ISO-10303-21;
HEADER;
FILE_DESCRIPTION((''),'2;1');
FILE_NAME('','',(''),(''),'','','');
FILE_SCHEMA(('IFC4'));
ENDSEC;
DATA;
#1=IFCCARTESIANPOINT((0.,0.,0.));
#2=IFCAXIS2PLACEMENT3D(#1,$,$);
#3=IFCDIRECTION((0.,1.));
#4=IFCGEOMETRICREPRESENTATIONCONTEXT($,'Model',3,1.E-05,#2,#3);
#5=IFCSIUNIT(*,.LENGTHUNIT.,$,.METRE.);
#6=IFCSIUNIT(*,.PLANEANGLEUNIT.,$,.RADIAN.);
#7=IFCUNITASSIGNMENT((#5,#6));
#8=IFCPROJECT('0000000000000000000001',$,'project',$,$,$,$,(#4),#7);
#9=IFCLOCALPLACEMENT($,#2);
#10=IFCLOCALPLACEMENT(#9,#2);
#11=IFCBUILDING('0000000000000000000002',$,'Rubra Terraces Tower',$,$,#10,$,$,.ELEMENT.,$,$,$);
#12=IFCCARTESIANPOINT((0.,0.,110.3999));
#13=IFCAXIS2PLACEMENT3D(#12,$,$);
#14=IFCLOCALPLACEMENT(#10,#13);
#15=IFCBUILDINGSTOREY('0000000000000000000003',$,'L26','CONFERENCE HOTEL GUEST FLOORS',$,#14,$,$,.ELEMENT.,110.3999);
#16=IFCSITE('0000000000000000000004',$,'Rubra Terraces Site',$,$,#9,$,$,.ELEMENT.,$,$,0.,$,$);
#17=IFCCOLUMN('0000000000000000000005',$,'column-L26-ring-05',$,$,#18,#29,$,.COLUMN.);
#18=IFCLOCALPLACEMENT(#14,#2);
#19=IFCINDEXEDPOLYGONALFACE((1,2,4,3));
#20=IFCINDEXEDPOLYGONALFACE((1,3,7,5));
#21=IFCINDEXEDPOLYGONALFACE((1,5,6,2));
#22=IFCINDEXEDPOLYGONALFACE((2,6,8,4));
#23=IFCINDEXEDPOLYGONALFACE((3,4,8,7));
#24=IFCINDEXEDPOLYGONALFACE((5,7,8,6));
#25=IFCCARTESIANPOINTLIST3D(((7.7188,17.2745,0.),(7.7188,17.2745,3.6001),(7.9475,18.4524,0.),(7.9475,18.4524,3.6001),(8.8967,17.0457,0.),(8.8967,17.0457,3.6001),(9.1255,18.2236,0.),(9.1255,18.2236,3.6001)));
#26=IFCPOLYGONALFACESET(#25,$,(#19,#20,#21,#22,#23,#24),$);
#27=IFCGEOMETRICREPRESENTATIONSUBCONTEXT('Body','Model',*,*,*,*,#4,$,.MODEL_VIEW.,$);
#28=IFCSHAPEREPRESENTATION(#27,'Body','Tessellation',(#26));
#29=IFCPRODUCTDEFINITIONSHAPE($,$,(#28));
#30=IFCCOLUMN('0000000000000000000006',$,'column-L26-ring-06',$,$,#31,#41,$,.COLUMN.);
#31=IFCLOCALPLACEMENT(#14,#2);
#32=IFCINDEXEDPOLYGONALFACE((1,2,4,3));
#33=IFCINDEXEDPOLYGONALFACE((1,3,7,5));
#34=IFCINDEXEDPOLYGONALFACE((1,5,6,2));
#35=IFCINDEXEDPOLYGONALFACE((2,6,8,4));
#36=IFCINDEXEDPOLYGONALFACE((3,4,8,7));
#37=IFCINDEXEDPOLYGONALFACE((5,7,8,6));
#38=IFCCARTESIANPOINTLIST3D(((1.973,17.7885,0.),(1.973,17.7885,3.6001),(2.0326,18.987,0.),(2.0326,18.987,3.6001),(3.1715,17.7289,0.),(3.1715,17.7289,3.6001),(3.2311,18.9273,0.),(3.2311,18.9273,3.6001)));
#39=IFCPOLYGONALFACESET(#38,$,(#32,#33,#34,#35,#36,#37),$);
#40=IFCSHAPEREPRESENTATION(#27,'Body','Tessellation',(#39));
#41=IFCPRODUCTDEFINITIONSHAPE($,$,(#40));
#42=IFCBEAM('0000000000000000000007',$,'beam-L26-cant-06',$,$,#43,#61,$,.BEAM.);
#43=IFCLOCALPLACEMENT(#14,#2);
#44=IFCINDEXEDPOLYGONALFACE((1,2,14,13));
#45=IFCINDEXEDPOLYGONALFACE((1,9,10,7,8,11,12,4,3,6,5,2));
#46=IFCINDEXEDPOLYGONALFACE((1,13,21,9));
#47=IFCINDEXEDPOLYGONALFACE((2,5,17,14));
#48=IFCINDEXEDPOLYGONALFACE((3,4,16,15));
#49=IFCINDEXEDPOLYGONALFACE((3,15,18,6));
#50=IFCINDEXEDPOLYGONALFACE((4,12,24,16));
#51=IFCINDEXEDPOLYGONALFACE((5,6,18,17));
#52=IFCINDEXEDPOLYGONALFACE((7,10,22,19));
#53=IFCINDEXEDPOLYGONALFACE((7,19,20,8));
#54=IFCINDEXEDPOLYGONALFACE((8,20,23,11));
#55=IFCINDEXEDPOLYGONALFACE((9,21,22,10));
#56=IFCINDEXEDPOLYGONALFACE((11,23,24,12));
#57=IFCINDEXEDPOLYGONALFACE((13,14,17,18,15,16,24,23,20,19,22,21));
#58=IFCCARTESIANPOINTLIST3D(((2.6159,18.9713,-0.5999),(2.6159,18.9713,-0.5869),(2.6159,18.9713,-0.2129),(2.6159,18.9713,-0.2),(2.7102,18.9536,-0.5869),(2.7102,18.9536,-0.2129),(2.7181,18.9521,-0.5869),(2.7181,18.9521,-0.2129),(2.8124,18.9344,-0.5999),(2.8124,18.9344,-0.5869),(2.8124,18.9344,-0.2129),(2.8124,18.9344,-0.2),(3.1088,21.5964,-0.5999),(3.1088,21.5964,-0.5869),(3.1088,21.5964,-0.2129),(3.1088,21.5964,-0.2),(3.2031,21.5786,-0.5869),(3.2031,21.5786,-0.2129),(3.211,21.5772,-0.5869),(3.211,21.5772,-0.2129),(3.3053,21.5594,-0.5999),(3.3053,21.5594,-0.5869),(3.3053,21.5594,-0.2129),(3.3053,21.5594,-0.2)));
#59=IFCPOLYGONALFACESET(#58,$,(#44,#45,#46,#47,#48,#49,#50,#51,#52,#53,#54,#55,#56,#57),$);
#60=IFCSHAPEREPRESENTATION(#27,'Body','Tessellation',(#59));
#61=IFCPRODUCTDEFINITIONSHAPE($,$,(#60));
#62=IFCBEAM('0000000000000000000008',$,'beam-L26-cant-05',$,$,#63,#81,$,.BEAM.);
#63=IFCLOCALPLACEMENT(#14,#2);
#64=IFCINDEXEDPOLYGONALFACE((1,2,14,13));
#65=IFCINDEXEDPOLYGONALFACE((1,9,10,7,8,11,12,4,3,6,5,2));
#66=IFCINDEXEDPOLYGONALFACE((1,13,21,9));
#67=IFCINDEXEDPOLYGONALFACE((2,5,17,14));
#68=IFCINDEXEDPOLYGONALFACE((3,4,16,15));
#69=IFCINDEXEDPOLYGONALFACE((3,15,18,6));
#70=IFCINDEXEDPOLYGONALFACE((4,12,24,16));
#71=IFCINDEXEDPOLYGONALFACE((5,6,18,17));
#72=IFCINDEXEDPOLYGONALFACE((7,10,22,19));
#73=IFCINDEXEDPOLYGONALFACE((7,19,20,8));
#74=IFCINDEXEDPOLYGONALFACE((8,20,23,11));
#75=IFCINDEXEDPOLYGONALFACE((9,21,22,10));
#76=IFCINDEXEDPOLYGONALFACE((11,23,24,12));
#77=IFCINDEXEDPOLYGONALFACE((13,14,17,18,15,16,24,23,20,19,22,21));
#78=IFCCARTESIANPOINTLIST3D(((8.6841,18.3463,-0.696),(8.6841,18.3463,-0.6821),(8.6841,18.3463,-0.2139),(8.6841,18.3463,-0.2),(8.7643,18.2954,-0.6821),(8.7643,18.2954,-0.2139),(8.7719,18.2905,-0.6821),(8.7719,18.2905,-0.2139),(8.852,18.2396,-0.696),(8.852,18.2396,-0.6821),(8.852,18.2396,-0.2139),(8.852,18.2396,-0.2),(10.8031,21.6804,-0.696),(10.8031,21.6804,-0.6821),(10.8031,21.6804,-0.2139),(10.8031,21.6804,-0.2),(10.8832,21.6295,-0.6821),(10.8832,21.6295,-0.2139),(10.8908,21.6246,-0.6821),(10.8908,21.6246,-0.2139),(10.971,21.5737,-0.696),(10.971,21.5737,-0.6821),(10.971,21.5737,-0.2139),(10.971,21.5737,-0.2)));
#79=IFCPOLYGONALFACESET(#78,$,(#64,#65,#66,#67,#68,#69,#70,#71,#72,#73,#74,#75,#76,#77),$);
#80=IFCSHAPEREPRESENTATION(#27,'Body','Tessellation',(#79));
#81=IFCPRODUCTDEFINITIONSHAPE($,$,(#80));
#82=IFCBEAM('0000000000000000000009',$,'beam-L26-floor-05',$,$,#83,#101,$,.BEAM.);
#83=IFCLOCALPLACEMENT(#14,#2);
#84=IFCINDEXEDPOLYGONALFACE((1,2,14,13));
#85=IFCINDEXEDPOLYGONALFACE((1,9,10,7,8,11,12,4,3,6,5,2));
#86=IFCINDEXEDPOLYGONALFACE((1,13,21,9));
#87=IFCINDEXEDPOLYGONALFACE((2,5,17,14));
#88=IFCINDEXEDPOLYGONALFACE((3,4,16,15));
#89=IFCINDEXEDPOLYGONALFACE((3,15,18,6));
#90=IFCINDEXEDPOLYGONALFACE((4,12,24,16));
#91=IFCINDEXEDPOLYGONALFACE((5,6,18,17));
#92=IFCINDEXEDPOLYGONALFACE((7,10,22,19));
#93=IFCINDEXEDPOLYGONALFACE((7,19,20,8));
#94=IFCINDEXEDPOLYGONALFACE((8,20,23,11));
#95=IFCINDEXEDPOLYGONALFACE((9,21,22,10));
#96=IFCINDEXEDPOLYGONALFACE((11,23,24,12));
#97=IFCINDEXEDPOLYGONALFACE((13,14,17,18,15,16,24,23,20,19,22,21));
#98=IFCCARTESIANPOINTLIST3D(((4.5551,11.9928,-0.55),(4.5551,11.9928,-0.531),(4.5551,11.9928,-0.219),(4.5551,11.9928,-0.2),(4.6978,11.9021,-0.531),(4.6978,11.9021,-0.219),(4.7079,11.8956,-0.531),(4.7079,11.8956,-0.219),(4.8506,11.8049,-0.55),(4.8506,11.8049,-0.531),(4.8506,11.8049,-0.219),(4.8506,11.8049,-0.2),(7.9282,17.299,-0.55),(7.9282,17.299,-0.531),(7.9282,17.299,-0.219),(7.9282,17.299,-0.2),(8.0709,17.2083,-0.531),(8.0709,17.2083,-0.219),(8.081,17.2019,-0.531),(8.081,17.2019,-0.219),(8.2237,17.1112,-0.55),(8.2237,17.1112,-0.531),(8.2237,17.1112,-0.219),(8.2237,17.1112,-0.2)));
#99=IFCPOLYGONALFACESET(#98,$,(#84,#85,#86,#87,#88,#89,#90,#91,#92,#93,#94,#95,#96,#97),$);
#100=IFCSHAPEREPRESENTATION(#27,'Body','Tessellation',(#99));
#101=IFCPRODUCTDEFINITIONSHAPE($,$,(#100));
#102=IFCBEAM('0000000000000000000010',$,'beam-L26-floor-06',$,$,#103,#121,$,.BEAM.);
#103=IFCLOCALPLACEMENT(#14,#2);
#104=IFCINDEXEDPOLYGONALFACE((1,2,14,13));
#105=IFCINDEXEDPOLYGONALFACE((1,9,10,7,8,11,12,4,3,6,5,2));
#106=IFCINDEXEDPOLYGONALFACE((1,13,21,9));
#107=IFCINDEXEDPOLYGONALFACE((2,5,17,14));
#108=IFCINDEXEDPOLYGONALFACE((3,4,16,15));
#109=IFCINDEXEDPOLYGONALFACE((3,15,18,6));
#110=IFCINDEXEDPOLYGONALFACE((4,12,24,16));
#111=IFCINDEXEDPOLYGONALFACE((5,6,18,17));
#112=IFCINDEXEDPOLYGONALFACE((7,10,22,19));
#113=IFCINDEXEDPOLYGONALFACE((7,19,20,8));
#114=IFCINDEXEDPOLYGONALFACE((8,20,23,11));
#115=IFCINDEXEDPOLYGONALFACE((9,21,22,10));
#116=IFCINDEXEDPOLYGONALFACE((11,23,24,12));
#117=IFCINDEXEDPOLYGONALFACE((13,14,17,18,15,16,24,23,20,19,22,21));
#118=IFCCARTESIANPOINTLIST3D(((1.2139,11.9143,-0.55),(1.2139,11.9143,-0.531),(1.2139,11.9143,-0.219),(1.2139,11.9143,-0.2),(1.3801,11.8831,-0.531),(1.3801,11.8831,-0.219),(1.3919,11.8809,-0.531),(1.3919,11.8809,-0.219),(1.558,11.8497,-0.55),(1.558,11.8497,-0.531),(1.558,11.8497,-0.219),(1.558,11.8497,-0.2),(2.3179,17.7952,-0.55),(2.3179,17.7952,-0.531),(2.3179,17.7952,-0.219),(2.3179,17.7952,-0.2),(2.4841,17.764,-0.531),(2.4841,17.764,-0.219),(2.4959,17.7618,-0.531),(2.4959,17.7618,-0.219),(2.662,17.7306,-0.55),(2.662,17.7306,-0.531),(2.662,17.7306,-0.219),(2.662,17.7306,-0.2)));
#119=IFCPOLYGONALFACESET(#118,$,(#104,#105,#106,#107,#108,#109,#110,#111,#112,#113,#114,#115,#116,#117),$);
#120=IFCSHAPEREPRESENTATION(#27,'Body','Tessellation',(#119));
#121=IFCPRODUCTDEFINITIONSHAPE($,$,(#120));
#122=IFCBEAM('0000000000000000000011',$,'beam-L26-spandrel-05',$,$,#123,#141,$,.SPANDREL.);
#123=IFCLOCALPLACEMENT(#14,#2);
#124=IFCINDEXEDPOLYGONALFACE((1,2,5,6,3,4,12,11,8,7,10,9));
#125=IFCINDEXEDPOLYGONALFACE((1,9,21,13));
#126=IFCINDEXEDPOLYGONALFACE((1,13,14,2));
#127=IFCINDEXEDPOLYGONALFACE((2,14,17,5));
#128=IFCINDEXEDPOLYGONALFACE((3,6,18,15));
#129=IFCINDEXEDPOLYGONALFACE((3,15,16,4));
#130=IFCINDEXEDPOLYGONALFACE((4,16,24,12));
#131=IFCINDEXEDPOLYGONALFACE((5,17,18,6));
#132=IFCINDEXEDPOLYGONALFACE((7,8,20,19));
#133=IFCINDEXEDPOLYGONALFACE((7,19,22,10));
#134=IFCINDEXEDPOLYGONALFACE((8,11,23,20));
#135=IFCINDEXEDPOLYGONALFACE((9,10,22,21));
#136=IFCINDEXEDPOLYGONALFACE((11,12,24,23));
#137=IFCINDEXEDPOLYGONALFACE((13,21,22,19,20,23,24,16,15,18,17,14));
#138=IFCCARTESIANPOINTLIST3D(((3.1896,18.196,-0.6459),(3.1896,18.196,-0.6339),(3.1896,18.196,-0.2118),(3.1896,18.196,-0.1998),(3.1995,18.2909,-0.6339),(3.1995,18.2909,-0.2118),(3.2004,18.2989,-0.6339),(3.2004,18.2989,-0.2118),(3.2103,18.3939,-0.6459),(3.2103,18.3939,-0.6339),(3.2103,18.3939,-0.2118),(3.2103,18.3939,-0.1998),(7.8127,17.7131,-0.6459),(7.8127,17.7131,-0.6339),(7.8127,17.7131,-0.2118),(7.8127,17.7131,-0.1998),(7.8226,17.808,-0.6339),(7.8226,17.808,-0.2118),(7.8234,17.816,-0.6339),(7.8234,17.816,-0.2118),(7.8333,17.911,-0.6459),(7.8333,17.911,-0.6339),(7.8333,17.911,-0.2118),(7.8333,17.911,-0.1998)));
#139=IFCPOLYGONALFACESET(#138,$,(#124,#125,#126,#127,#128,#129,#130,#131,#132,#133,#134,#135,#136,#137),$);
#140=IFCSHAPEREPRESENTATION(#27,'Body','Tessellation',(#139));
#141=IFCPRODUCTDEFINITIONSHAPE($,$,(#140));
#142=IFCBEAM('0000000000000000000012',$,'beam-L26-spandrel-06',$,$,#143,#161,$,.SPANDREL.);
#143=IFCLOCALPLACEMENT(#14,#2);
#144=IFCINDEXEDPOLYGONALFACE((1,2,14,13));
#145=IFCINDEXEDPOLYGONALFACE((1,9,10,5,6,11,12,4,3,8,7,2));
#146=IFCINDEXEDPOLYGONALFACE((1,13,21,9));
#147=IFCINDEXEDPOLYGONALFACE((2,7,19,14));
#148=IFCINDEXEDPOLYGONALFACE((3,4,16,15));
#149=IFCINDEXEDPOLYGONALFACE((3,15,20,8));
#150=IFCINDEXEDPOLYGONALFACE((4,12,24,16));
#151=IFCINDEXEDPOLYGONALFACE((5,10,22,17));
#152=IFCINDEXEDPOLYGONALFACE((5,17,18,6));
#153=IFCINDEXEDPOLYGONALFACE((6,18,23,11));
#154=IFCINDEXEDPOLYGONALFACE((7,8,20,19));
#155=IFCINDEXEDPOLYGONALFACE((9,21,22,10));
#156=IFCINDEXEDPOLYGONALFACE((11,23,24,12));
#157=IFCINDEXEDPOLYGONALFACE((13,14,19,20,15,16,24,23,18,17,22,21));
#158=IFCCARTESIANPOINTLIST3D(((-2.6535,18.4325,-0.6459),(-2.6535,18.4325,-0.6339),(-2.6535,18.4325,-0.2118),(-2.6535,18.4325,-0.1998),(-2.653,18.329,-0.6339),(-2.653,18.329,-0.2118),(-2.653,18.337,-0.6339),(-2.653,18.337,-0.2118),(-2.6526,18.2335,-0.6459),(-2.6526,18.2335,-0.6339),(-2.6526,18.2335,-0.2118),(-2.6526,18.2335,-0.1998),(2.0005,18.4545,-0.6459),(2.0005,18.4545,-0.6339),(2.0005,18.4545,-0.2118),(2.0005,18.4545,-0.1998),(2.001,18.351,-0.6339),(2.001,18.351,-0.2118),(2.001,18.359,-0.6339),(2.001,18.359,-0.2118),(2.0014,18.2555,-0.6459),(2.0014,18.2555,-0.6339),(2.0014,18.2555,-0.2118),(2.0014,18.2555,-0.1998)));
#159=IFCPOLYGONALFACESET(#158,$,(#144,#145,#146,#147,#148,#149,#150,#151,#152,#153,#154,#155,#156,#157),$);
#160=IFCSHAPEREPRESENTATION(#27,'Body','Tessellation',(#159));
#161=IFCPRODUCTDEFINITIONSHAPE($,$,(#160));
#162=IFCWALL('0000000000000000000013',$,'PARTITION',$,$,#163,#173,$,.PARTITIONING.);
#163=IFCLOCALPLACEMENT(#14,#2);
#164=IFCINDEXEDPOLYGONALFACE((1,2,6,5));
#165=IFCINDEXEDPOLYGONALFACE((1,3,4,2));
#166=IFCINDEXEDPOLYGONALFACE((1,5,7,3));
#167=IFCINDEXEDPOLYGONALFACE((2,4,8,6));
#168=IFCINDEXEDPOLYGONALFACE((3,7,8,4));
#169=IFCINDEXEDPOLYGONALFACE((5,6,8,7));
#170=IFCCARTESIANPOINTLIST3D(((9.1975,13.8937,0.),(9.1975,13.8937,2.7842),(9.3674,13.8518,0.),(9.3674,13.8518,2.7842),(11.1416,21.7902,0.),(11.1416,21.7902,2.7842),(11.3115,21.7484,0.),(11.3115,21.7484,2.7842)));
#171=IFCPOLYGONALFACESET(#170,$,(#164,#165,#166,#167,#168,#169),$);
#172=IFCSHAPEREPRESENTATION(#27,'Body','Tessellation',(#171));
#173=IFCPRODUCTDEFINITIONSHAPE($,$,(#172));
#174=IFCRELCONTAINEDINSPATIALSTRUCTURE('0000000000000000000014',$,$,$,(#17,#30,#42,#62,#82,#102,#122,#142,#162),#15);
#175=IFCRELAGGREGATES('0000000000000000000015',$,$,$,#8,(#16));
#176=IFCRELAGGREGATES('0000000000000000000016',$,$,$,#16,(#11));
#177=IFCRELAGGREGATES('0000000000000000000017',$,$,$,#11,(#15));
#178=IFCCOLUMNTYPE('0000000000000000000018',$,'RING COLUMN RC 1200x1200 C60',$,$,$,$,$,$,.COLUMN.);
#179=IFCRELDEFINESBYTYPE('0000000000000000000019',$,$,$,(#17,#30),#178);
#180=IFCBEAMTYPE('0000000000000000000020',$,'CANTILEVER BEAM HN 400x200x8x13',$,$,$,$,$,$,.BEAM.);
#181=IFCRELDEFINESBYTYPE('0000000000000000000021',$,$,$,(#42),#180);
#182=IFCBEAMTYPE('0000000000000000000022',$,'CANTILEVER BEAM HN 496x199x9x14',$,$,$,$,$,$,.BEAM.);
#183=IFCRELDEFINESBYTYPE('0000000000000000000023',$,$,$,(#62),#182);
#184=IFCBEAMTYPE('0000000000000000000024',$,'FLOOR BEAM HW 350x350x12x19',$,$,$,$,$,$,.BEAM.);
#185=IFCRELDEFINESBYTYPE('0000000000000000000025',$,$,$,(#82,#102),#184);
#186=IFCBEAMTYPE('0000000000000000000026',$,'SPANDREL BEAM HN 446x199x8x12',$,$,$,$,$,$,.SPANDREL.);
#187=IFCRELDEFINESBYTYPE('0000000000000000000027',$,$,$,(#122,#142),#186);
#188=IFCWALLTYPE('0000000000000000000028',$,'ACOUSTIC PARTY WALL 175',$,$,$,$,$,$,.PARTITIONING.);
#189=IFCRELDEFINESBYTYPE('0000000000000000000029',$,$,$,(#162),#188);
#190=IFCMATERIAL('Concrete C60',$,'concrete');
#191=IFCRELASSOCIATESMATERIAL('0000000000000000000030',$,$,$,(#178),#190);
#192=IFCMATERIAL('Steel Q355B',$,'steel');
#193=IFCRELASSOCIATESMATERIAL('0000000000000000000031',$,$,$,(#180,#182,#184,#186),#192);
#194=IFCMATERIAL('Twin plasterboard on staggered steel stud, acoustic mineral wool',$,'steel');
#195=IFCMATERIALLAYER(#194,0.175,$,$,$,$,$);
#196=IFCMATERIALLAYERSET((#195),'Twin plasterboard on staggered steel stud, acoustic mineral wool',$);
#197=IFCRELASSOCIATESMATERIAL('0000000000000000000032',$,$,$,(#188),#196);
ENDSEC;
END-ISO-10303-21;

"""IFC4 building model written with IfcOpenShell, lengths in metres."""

from ifc_helpers import new_model, si_unit, direction, frame, frame_2d, origin, origin_2d, place, context, subcontext, project, spatial, rectangle, i_section, extrude, material, layer, layer_set, material_profile, profile_set, type_object, element, save


model = new_model("IFC4")

# Units and contexts
model_context = context("Model", 3, precision=1e-05, world=origin(), true_north=direction((0.0, 1.0)))
body_context = subcontext(model_context, "Body", "Model", "MODEL_VIEW")
ifc_project = project(units=[si_unit("LENGTHUNIT", "METRE"), si_unit("PLANEANGLEUNIT", "RADIAN")], contexts=[model_context])

# Site, building, storey
site_placement = place(None, origin())
site = spatial("IfcSite", under=ifc_project, at=site_placement, Name="Rubra Terraces Site", CompositionType="ELEMENT", RefElevation=0.0)
building_placement = place(site_placement, origin())
building = spatial("IfcBuilding", under=site, at=building_placement, Name="Rubra Terraces Tower", CompositionType="ELEMENT")
storey_placement = place(building_placement, frame((0.0, 0.0, 110.3999)))
storey = spatial("IfcBuildingStorey", under=building, at=storey_placement, Name="L26", Description="CONFERENCE HOTEL GUEST FLOORS", CompositionType="ELEMENT", Elevation=110.3999)

# Columns
ifc_material_1 = material(Name="Concrete C60", Category="concrete")
ifc_material_profile_1 = material_profile(ifc_material_1, rectangle(XDim=1.2, YDim=1.2, at=origin_2d()), Name="RC 1200x1200")
ifc_profile_set_1 = profile_set([ifc_material_profile_1], Name="Concrete C60")
column_type = type_object("IfcColumnType", Name="RING COLUMN RC 1200x1200 C60", PredefinedType="COLUMN", material=ifc_profile_set_1)
for number, where, z_axis, x_axis, name in (
    (1, (8.4221, 17.749, 0.0), (0.0, 0.0, 1.0), (-0.981655, 0.190668, 0.0), "column-L26-ring-05"),
    (2, (2.6021, 18.3579, 0.0), (0.0, 0.0, 1.0), (-0.998764, 0.049699, 0.0), "column-L26-ring-06"),
):
    element("IfcColumn", number, at=place(storey_placement, frame(where, z_axis=z_axis, x_axis=x_axis)), inside=storey, type_object=column_type, Name=name, PredefinedType="COLUMN", context=body_context, shape_type="SweptSolid", body=[
        extrude(rectangle(XDim=1.2, YDim=1.2, at=origin_2d()), origin(), (0.0, 0.0, 1.0), 3.6001),
    ])

# Beams
ifc_material_2 = material(Name="Steel Q355B", Category="steel")
ifc_material_profile_2 = material_profile(ifc_material_2, i_section(OverallWidth=0.2, OverallDepth=0.3999, WebThickness=0.0081, FlangeThickness=0.0129, at=origin_2d()), Name="HN 400x200x8x13")
ifc_profile_set_2 = profile_set([ifc_material_profile_2], Name="Steel Q355B")
beam_type_1 = type_object("IfcBeamType", Name="CANTILEVER BEAM HN 400x200x8x13", PredefinedType="BEAM", material=ifc_profile_set_2)
beam_1_placement = place(storey_placement, frame((2.7141, 18.9529, -0.3999), z_axis=(0.184553, 0.982822, 0.0), x_axis=(-0.982822, 0.184553, 0.0)))
element("IfcBeam", 3, at=beam_1_placement, inside=storey, type_object=beam_type_1, Name="beam-L26-cant-06", PredefinedType="BEAM", context=body_context, shape_type="SweptSolid", body=[
    extrude(i_section(OverallWidth=0.2, OverallDepth=0.3999, WebThickness=0.0081, FlangeThickness=0.0129, at=origin_2d()), origin(), (0.0, 0.0, 1.0), 2.6709),
])
ifc_material_profile_3 = material_profile(ifc_material_2, i_section(OverallWidth=0.199, OverallDepth=0.4961, WebThickness=0.009, FlangeThickness=0.0139, at=origin_2d()), Name="HN 496x199x9x14")
ifc_profile_set_3 = profile_set([ifc_material_profile_3], Name="Steel Q355B")
beam_type_2 = type_object("IfcBeamType", Name="CANTILEVER BEAM HN 496x199x9x14", PredefinedType="BEAM", material=ifc_profile_set_3)
beam_2_placement = place(storey_placement, frame((8.7681, 18.293, -0.448), z_axis=(0.536384, 0.843974, 0.0), x_axis=(-0.843974, 0.536384, 0.0)))
element("IfcBeam", 4, at=beam_2_placement, inside=storey, type_object=beam_type_2, Name="beam-L26-cant-05", PredefinedType="BEAM", context=body_context, shape_type="SweptSolid", body=[
    extrude(i_section(OverallWidth=0.199, OverallDepth=0.4961, WebThickness=0.009, FlangeThickness=0.0139, at=origin_2d()), origin(), (0.0, 0.0, 1.0), 3.9504),
])
ifc_material_profile_4 = material_profile(ifc_material_2, i_section(OverallWidth=0.3501, OverallDepth=0.3501, WebThickness=0.012, FlangeThickness=0.019, at=origin_2d()), Name="HW 350x350x12x19")
ifc_profile_set_4 = profile_set([ifc_material_profile_4], Name="Steel Q355B")
beam_type_3 = type_object("IfcBeamType", Name="FLOOR BEAM HW 350x350x12x19", PredefinedType="BEAM", material=ifc_profile_set_4)
beam_3_placement = place(storey_placement, frame((8.0759, 17.2051, -0.375), z_axis=(-0.536468, -0.84392, 0.0), x_axis=(0.84392, -0.536468, 0.0)))
element("IfcBeam", 5, at=beam_3_placement, inside=storey, type_object=beam_type_3, Name="beam-L26-floor-05", PredefinedType="BEAM", context=body_context, shape_type="SweptSolid", body=[
    extrude(i_section(OverallWidth=0.3501, OverallDepth=0.3501, WebThickness=0.012, FlangeThickness=0.019, at=origin_2d()), origin(), (0.0, 0.0, 1.0), 6.2876),
])
beam_4_placement = place(storey_placement, frame((2.49, 17.7629, -0.375), z_axis=(-0.184505, -0.982832, 0.0), x_axis=(0.982832, -0.184505, 0.0)))
element("IfcBeam", 6, at=beam_4_placement, inside=storey, type_object=beam_type_3, Name="beam-L26-floor-06", PredefinedType="BEAM", context=body_context, shape_type="SweptSolid", body=[
    extrude(i_section(OverallWidth=0.3501, OverallDepth=0.3501, WebThickness=0.012, FlangeThickness=0.019, at=origin_2d()), origin(), (0.0, 0.0, 1.0), 5.9836),
])
ifc_material_profile_5 = material_profile(ifc_material_2, i_section(OverallWidth=0.199, OverallDepth=0.446, WebThickness=0.0081, FlangeThickness=0.012, at=origin_2d()), Name="HN 446x199x8x12")
ifc_profile_set_5 = profile_set([ifc_material_profile_5], Name="Steel Q355B")
beam_type_4 = type_object("IfcBeamType", Name="SPANDREL BEAM HN 446x199x8x12", PredefinedType="SPANDREL", material=ifc_profile_set_5)
beam_5_placement = place(storey_placement, frame((7.823, 17.812, -0.4229), z_axis=(-0.994589, 0.103892, 0.0), x_axis=(-0.103892, -0.994589, 0.0)))
element("IfcBeam", 7, at=beam_5_placement, inside=storey, type_object=beam_type_4, Name="beam-L26-spandrel-05", PredefinedType="SPANDREL", context=body_context, shape_type="SweptSolid", body=[
    extrude(i_section(OverallWidth=0.199, OverallDepth=0.446, WebThickness=0.0081, FlangeThickness=0.012, at=origin_2d()), origin(), (0.0, 0.0, 1.0), 4.6482),
])
beam_6_placement = place(storey_placement, frame((2.001, 18.355, -0.4229), z_axis=(-0.999989, -0.004721, 0.0), x_axis=(0.004721, -0.999989, 0.0)))
element("IfcBeam", 8, at=beam_6_placement, inside=storey, type_object=beam_type_4, Name="beam-L26-spandrel-06", PredefinedType="SPANDREL", context=body_context, shape_type="SweptSolid", body=[
    extrude(i_section(OverallWidth=0.199, OverallDepth=0.446, WebThickness=0.0081, FlangeThickness=0.012, at=origin_2d()), origin(), (0.0, 0.0, 1.0), 4.6541),
])

# Wall
ifc_material_3 = material(Name="Twin plasterboard on staggered steel stud, acoustic mineral wool", Category="steel")
ifc_layer_1 = layer(ifc_material_3, 0.175)
ifc_layer_set_1 = layer_set([ifc_layer_1], Name="Twin plasterboard on staggered steel stud, acoustic mineral wool")
wall_type_1 = type_object("IfcWallType", Name="ACOUSTIC PARTY WALL 175", PredefinedType="PARTITIONING", material=ifc_layer_set_1)
wall_1_placement = place(storey_placement, frame((11.2266, 21.7693, 0.0), z_axis=(0.0, 0.0, 1.0), x_axis=(-0.239059, -0.971005, 0.0)))
element("IfcWall", 9, at=wall_1_placement, inside=storey, type_object=wall_type_1, Name="PARTITION", PredefinedType="PARTITIONING", context=body_context, shape_type="SweptSolid", body=[
    extrude(rectangle(XDim=8.1323, YDim=0.175, at=frame_2d((4.0662, 0.0))), origin(), (0.0, 0.0, 1.0), 2.7842),
])

save(model, "model.ifc")
